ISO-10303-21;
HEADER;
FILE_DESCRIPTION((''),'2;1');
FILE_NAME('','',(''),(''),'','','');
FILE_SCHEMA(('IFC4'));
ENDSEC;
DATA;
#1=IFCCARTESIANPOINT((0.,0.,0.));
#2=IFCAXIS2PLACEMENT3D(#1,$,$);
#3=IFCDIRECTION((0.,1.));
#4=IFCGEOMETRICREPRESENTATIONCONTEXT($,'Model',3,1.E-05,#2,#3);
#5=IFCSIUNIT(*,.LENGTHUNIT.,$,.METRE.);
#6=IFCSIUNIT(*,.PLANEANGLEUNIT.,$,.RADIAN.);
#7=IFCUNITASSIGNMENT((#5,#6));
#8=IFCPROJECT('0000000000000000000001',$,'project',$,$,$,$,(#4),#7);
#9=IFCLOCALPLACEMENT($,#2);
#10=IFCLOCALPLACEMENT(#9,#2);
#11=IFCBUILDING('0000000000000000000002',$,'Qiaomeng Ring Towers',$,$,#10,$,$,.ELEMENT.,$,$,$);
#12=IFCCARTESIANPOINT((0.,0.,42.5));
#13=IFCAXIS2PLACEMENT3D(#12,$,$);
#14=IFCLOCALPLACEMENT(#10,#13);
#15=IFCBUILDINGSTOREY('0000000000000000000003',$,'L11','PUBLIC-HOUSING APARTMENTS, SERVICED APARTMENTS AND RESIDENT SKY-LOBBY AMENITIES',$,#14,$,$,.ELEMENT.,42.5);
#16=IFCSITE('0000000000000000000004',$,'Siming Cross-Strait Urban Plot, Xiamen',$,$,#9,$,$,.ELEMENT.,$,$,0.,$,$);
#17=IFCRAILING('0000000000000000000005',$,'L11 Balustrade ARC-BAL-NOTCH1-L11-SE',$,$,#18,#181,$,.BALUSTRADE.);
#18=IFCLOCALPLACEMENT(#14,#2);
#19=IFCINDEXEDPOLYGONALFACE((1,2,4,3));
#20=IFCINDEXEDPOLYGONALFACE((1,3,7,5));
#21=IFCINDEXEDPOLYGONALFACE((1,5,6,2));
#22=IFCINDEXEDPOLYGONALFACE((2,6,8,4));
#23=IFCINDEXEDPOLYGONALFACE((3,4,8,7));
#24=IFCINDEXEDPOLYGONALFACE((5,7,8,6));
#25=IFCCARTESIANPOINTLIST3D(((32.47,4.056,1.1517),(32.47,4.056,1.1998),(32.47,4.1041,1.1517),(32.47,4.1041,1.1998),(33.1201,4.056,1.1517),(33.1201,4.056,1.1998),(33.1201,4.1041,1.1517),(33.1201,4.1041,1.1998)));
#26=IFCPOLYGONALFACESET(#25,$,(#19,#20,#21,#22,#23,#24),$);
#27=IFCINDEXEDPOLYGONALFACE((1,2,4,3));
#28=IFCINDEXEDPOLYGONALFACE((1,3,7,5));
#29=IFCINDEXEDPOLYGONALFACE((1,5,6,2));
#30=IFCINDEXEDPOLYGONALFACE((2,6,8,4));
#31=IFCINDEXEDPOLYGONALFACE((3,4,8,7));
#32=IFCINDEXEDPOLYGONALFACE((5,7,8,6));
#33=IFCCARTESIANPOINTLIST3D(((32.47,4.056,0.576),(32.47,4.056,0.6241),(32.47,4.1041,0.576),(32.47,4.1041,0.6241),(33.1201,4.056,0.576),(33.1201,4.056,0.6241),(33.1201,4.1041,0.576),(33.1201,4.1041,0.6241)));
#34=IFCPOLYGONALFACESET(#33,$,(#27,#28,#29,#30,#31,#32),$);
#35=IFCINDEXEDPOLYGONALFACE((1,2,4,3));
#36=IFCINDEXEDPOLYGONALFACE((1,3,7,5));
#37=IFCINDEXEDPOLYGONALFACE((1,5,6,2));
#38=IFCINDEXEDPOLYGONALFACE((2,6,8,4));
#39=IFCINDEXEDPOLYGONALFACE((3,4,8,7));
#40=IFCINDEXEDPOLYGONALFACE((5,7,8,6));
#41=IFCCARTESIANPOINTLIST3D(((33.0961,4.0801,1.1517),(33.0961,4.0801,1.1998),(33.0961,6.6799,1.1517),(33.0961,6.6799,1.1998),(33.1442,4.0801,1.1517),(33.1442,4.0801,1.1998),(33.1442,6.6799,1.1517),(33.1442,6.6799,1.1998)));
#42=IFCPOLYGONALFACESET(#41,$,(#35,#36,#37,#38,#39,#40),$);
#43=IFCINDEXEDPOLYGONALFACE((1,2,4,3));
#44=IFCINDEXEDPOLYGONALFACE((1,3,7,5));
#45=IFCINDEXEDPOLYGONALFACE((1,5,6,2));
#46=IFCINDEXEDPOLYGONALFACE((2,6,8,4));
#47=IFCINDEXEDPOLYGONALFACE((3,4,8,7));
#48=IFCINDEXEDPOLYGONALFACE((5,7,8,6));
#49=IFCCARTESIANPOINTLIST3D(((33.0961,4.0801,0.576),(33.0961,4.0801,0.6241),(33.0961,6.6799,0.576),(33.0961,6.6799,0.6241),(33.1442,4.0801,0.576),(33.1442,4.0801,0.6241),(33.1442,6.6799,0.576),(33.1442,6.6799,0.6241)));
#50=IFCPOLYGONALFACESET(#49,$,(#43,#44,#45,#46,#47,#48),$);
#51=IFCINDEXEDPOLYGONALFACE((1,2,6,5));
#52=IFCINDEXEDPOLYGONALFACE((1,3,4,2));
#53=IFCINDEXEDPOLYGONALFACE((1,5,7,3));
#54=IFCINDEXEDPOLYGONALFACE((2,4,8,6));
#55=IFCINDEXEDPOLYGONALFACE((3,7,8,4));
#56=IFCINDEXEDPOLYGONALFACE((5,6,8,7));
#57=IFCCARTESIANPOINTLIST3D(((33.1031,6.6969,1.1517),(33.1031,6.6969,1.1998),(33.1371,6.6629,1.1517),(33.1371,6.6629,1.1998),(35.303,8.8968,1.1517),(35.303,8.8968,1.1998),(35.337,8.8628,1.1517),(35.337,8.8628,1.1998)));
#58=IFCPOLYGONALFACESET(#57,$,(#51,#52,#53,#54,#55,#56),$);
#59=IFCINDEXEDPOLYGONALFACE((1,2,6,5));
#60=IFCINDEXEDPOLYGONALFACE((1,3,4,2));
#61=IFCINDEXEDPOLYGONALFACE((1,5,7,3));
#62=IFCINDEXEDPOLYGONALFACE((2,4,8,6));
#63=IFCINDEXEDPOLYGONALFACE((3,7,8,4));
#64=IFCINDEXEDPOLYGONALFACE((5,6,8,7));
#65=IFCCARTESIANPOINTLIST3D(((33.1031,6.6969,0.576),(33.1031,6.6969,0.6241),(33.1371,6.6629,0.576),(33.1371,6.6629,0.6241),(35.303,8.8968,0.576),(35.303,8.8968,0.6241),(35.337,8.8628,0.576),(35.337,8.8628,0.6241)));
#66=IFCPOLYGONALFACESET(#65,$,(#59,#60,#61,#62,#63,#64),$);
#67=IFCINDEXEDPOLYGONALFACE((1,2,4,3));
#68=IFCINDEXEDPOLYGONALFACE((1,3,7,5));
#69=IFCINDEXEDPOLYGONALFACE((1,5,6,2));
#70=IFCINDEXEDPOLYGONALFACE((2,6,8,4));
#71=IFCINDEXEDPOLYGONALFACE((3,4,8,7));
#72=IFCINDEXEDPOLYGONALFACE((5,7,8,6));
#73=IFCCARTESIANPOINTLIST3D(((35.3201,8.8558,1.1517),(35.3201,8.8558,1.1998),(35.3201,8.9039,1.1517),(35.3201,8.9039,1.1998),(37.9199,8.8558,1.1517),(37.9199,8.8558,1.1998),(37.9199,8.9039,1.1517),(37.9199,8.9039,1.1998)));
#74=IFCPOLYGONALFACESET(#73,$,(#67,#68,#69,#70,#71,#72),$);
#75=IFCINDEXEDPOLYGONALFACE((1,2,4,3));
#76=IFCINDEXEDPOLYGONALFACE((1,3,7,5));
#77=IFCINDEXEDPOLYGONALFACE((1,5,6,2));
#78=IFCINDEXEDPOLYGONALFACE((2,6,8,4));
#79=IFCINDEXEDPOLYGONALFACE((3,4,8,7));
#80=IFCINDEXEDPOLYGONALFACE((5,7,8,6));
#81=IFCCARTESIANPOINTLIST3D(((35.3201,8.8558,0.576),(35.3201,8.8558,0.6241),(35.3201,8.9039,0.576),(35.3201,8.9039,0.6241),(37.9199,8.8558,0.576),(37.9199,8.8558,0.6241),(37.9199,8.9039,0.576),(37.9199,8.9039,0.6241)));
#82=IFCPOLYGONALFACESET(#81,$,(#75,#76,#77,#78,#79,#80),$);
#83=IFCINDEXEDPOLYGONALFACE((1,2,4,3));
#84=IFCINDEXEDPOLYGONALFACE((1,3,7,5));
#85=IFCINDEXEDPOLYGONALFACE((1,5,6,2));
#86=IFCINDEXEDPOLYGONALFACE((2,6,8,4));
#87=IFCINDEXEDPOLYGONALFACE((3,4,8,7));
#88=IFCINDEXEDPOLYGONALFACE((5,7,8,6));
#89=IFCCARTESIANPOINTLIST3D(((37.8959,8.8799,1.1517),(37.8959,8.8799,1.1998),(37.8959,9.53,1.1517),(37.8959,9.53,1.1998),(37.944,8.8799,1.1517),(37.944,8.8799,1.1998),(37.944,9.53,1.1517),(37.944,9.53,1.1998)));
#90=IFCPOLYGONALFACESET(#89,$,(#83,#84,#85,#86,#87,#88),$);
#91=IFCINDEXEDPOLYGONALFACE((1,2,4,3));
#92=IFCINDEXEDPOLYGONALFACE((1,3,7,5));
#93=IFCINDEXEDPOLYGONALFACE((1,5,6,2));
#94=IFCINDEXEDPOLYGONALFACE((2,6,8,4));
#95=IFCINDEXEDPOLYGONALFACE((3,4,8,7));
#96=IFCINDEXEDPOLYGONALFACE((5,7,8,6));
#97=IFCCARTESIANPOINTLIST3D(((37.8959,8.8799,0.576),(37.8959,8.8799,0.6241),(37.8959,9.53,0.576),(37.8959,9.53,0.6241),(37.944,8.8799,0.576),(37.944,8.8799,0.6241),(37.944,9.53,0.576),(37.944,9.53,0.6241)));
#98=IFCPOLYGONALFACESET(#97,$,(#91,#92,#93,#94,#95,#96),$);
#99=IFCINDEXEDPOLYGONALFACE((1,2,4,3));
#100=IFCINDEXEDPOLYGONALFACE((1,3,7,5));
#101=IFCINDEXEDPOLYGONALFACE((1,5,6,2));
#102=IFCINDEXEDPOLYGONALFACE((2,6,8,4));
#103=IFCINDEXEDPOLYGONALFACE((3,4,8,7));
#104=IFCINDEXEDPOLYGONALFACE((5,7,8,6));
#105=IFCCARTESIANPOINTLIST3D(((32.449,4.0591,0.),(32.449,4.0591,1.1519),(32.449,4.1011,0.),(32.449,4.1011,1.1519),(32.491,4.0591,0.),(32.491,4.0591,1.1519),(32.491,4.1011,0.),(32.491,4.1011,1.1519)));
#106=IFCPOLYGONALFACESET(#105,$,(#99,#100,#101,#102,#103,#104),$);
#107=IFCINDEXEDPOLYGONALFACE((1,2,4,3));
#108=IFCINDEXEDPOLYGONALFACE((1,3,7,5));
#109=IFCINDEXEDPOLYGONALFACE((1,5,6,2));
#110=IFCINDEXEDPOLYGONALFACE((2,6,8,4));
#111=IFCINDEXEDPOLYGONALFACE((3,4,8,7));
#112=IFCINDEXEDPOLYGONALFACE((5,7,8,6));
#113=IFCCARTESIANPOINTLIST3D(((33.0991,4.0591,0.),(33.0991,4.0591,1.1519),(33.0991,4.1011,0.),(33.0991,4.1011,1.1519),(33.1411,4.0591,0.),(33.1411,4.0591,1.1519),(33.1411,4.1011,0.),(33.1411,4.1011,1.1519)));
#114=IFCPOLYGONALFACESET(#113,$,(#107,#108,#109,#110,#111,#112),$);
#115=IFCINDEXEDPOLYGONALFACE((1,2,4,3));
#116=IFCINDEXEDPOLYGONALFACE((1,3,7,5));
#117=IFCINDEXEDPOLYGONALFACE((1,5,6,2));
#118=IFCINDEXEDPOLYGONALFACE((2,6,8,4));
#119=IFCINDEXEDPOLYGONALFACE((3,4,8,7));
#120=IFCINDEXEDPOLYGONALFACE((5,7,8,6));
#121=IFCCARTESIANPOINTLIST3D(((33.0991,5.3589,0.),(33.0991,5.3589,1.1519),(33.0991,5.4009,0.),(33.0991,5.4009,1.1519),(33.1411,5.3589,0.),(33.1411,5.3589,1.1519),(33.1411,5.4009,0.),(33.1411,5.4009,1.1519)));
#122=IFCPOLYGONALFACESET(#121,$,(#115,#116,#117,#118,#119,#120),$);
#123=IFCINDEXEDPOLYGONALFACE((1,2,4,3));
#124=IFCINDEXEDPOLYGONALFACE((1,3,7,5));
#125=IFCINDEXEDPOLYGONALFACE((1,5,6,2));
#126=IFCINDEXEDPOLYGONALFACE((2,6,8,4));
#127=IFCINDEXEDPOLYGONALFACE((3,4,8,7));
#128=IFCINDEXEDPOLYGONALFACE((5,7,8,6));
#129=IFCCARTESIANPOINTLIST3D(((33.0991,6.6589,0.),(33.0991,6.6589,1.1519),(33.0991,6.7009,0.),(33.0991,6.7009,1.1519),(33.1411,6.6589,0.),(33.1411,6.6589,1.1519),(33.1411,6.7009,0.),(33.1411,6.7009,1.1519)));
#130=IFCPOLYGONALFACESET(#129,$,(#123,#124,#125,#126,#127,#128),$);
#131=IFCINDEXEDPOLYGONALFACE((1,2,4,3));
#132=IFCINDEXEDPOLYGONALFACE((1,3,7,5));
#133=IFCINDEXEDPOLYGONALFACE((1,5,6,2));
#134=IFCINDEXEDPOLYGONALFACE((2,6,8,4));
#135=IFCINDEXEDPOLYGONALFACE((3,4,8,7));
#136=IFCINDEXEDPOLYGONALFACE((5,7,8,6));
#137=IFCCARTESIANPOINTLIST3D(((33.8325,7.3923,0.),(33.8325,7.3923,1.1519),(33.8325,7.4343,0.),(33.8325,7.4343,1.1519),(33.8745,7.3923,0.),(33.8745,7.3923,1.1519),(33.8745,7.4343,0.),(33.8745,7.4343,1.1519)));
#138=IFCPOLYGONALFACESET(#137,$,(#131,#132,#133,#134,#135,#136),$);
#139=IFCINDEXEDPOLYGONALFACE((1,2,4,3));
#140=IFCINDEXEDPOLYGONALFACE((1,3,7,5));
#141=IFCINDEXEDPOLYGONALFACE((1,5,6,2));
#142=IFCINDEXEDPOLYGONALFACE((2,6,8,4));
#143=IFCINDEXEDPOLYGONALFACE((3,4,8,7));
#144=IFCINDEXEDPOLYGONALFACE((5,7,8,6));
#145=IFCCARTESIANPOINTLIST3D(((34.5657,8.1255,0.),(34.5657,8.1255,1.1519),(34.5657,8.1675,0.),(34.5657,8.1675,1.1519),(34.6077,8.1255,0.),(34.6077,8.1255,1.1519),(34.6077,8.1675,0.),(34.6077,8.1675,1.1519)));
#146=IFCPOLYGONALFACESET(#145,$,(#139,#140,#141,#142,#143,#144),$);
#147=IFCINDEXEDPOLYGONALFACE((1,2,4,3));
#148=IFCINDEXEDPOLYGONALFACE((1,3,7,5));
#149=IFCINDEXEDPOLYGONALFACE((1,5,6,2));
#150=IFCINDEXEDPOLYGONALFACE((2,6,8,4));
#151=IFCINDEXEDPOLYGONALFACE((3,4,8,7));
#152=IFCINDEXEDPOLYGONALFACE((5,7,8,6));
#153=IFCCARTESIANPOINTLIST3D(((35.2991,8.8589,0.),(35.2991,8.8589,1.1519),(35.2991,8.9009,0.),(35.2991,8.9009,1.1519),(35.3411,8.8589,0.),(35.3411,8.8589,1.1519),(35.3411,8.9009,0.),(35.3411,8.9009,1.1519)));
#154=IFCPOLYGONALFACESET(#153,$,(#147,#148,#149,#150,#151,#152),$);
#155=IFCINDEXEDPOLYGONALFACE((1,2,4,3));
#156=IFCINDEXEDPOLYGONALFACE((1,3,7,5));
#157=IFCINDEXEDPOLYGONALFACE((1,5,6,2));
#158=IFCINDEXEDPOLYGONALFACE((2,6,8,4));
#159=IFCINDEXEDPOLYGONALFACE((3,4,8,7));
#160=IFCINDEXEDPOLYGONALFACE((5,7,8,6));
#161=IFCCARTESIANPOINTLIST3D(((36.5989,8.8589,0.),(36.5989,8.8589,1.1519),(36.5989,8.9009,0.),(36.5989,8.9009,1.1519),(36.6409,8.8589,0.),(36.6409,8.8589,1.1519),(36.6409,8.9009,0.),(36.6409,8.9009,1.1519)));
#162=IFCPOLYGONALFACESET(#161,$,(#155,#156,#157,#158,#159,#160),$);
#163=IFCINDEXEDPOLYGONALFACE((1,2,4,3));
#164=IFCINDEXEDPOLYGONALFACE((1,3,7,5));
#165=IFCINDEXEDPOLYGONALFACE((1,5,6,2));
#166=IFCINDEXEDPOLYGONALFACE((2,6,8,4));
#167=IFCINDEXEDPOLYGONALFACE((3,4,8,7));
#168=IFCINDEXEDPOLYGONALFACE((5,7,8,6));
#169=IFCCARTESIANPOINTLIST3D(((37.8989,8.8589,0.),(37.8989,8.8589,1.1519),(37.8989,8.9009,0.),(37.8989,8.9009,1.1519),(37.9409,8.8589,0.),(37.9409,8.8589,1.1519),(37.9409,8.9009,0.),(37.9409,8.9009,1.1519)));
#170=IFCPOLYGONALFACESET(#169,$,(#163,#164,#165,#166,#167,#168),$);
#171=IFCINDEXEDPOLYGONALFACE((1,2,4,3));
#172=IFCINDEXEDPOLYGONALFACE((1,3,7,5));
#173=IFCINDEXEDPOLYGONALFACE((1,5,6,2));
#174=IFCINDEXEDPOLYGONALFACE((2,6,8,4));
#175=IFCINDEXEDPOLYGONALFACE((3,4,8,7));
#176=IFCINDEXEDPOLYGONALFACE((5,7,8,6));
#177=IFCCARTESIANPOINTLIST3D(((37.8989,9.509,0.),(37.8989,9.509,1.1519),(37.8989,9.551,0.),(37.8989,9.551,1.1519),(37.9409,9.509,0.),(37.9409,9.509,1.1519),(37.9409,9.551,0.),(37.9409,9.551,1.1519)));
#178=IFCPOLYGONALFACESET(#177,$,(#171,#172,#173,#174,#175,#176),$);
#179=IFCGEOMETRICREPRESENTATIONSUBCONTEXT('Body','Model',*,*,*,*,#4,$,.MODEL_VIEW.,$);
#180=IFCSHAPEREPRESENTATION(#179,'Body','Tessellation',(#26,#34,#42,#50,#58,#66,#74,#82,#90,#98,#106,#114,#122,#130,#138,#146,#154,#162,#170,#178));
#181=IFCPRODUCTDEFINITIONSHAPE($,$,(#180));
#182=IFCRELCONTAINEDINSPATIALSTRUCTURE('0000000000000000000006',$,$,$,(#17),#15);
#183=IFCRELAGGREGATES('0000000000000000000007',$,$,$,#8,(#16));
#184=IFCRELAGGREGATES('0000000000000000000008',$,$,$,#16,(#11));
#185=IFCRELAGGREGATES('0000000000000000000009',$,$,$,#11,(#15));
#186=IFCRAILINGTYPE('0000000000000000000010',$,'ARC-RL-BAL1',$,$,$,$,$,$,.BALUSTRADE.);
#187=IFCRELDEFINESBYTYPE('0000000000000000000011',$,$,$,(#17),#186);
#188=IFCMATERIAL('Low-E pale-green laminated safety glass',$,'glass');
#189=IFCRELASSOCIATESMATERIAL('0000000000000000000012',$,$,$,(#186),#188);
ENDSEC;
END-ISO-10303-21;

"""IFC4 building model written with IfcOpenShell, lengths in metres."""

from ifc_helpers import new_model, si_unit, direction, frame, origin, origin_2d, place, context, subcontext, project, spatial, rectangle, extrude, material, type_object, element, save


model = new_model("IFC4")

# Units and contexts
model_context = context("Model", 3, precision=1e-05, world=origin(), true_north=direction((0.0, 1.0)))
body_context = subcontext(model_context, "Body", "Model", "MODEL_VIEW")
ifc_project = project(units=[si_unit("LENGTHUNIT", "METRE"), si_unit("PLANEANGLEUNIT", "RADIAN")], contexts=[model_context])

# Site, building, storey
site_placement = place(None, origin())
site = spatial("IfcSite", under=ifc_project, at=site_placement, Name="Siming Cross-Strait Urban Plot, Xiamen", CompositionType="ELEMENT", RefElevation=0.0)
building_placement = place(site_placement, origin())
building = spatial("IfcBuilding", under=site, at=building_placement, Name="Qiaomeng Ring Towers", CompositionType="ELEMENT")
storey_placement = place(building_placement, frame((0.0, 0.0, 42.5)))
storey = spatial("IfcBuildingStorey", under=building, at=storey_placement, Name="L11", Description="PUBLIC-HOUSING APARTMENTS, SERVICED APARTMENTS AND RESIDENT SKY-LOBBY AMENITIES", CompositionType="ELEMENT", Elevation=42.5)

# Railing
ifc_material_1 = material(Name="Low-E pale-green laminated safety glass", Category="glass")
railing_type = type_object("IfcRailingType", Name="ARC-RL-BAL1", PredefinedType="BALUSTRADE", material=ifc_material_1)
railing_placement = place(storey_placement, frame((32.47, 4.0801, 0.0)))
element("IfcRailing", 1, at=railing_placement, inside=storey, type_object=railing_type, Name="L11 Balustrade ARC-BAL-NOTCH1-L11-SE", PredefinedType="BALUSTRADE", context=body_context, shape_type="SweptSolid", body=[
    extrude(rectangle(XDim=0.0481, YDim=0.0481, at=origin_2d()), frame((0.0, 0.0, 1.1758), z_axis=(1.0, 0.0, 0.0), x_axis=(0.0, 1.0, 0.0)), (0.0, 0.0, 1.0), 0.6501),
    extrude(rectangle(XDim=0.0481, YDim=0.0481, at=origin_2d()), frame((0.0, 0.0, 0.6001), z_axis=(1.0, 0.0, 0.0), x_axis=(0.0, 1.0, 0.0)), (0.0, 0.0, 1.0), 0.6501),
    extrude(rectangle(XDim=0.0481, YDim=0.0481, at=origin_2d()), frame((0.6501, 0.0, 1.1758), z_axis=(0.0, 1.0, 0.0), x_axis=(-1.0, 0.0, 0.0)), (0.0, 0.0, 1.0), 2.5999),
    extrude(rectangle(XDim=0.0481, YDim=0.0481, at=origin_2d()), frame((0.6501, 0.0, 0.6001), z_axis=(0.0, 1.0, 0.0), x_axis=(-1.0, 0.0, 0.0)), (0.0, 0.0, 1.0), 2.5999),
    extrude(rectangle(XDim=0.0481, YDim=0.0481, at=origin_2d()), frame((0.6501, 2.5999, 1.1758), z_axis=(0.707107, 0.707107, 0.0), x_axis=(-0.707107, 0.707107, 0.0)), (0.0, 0.0, 1.0), 3.1111),
    extrude(rectangle(XDim=0.0481, YDim=0.0481, at=origin_2d()), frame((0.6501, 2.5999, 0.6001), z_axis=(0.707107, 0.707107, 0.0), x_axis=(-0.707107, 0.707107, 0.0)), (0.0, 0.0, 1.0), 3.1111),
    extrude(rectangle(XDim=0.0481, YDim=0.0481, at=origin_2d()), frame((2.8501, 4.7998, 1.1758), z_axis=(1.0, 0.0, 0.0), x_axis=(0.0, 1.0, 0.0)), (0.0, 0.0, 1.0), 2.5999),
    extrude(rectangle(XDim=0.0481, YDim=0.0481, at=origin_2d()), frame((2.8501, 4.7998, 0.6001), z_axis=(1.0, 0.0, 0.0), x_axis=(0.0, 1.0, 0.0)), (0.0, 0.0, 1.0), 2.5999),
    extrude(rectangle(XDim=0.0481, YDim=0.0481, at=origin_2d()), frame((5.45, 4.7998, 1.1758), z_axis=(0.0, 1.0, 0.0), x_axis=(-1.0, 0.0, 0.0)), (0.0, 0.0, 1.0), 0.6501),
    extrude(rectangle(XDim=0.0481, YDim=0.0481, at=origin_2d()), frame((5.45, 4.7998, 0.6001), z_axis=(0.0, 1.0, 0.0), x_axis=(-1.0, 0.0, 0.0)), (0.0, 0.0, 1.0), 0.6501),
    extrude(rectangle(XDim=0.042, YDim=0.042, at=origin_2d()), origin(), (0.0, 0.0, 1.0), 1.1519),
    extrude(rectangle(XDim=0.042, YDim=0.042, at=origin_2d()), frame((0.6501, 0.0, 0.0)), (0.0, 0.0, 1.0), 1.1519),
    extrude(rectangle(XDim=0.042, YDim=0.042, at=origin_2d()), frame((0.6501, 1.2998, 0.0)), (0.0, 0.0, 1.0), 1.1519),
    extrude(rectangle(XDim=0.042, YDim=0.042, at=origin_2d()), frame((0.6501, 2.5999, 0.0)), (0.0, 0.0, 1.0), 1.1519),
    extrude(rectangle(XDim=0.042, YDim=0.042, at=origin_2d()), frame((1.3835, 3.3333, 0.0)), (0.0, 0.0, 1.0), 1.1519),
    extrude(rectangle(XDim=0.042, YDim=0.042, at=origin_2d()), frame((2.1167, 4.0664, 0.0)), (0.0, 0.0, 1.0), 1.1519),
    extrude(rectangle(XDim=0.042, YDim=0.042, at=origin_2d()), frame((2.8501, 4.7998, 0.0)), (0.0, 0.0, 1.0), 1.1519),
    extrude(rectangle(XDim=0.042, YDim=0.042, at=origin_2d()), frame((4.1499, 4.7998, 0.0)), (0.0, 0.0, 1.0), 1.1519),
    extrude(rectangle(XDim=0.042, YDim=0.042, at=origin_2d()), frame((5.45, 4.7998, 0.0)), (0.0, 0.0, 1.0), 1.1519),
    extrude(rectangle(XDim=0.042, YDim=0.042, at=origin_2d()), frame((5.45, 5.45, 0.0)), (0.0, 0.0, 1.0), 1.1519),
])

save(model, "model.ifc")
